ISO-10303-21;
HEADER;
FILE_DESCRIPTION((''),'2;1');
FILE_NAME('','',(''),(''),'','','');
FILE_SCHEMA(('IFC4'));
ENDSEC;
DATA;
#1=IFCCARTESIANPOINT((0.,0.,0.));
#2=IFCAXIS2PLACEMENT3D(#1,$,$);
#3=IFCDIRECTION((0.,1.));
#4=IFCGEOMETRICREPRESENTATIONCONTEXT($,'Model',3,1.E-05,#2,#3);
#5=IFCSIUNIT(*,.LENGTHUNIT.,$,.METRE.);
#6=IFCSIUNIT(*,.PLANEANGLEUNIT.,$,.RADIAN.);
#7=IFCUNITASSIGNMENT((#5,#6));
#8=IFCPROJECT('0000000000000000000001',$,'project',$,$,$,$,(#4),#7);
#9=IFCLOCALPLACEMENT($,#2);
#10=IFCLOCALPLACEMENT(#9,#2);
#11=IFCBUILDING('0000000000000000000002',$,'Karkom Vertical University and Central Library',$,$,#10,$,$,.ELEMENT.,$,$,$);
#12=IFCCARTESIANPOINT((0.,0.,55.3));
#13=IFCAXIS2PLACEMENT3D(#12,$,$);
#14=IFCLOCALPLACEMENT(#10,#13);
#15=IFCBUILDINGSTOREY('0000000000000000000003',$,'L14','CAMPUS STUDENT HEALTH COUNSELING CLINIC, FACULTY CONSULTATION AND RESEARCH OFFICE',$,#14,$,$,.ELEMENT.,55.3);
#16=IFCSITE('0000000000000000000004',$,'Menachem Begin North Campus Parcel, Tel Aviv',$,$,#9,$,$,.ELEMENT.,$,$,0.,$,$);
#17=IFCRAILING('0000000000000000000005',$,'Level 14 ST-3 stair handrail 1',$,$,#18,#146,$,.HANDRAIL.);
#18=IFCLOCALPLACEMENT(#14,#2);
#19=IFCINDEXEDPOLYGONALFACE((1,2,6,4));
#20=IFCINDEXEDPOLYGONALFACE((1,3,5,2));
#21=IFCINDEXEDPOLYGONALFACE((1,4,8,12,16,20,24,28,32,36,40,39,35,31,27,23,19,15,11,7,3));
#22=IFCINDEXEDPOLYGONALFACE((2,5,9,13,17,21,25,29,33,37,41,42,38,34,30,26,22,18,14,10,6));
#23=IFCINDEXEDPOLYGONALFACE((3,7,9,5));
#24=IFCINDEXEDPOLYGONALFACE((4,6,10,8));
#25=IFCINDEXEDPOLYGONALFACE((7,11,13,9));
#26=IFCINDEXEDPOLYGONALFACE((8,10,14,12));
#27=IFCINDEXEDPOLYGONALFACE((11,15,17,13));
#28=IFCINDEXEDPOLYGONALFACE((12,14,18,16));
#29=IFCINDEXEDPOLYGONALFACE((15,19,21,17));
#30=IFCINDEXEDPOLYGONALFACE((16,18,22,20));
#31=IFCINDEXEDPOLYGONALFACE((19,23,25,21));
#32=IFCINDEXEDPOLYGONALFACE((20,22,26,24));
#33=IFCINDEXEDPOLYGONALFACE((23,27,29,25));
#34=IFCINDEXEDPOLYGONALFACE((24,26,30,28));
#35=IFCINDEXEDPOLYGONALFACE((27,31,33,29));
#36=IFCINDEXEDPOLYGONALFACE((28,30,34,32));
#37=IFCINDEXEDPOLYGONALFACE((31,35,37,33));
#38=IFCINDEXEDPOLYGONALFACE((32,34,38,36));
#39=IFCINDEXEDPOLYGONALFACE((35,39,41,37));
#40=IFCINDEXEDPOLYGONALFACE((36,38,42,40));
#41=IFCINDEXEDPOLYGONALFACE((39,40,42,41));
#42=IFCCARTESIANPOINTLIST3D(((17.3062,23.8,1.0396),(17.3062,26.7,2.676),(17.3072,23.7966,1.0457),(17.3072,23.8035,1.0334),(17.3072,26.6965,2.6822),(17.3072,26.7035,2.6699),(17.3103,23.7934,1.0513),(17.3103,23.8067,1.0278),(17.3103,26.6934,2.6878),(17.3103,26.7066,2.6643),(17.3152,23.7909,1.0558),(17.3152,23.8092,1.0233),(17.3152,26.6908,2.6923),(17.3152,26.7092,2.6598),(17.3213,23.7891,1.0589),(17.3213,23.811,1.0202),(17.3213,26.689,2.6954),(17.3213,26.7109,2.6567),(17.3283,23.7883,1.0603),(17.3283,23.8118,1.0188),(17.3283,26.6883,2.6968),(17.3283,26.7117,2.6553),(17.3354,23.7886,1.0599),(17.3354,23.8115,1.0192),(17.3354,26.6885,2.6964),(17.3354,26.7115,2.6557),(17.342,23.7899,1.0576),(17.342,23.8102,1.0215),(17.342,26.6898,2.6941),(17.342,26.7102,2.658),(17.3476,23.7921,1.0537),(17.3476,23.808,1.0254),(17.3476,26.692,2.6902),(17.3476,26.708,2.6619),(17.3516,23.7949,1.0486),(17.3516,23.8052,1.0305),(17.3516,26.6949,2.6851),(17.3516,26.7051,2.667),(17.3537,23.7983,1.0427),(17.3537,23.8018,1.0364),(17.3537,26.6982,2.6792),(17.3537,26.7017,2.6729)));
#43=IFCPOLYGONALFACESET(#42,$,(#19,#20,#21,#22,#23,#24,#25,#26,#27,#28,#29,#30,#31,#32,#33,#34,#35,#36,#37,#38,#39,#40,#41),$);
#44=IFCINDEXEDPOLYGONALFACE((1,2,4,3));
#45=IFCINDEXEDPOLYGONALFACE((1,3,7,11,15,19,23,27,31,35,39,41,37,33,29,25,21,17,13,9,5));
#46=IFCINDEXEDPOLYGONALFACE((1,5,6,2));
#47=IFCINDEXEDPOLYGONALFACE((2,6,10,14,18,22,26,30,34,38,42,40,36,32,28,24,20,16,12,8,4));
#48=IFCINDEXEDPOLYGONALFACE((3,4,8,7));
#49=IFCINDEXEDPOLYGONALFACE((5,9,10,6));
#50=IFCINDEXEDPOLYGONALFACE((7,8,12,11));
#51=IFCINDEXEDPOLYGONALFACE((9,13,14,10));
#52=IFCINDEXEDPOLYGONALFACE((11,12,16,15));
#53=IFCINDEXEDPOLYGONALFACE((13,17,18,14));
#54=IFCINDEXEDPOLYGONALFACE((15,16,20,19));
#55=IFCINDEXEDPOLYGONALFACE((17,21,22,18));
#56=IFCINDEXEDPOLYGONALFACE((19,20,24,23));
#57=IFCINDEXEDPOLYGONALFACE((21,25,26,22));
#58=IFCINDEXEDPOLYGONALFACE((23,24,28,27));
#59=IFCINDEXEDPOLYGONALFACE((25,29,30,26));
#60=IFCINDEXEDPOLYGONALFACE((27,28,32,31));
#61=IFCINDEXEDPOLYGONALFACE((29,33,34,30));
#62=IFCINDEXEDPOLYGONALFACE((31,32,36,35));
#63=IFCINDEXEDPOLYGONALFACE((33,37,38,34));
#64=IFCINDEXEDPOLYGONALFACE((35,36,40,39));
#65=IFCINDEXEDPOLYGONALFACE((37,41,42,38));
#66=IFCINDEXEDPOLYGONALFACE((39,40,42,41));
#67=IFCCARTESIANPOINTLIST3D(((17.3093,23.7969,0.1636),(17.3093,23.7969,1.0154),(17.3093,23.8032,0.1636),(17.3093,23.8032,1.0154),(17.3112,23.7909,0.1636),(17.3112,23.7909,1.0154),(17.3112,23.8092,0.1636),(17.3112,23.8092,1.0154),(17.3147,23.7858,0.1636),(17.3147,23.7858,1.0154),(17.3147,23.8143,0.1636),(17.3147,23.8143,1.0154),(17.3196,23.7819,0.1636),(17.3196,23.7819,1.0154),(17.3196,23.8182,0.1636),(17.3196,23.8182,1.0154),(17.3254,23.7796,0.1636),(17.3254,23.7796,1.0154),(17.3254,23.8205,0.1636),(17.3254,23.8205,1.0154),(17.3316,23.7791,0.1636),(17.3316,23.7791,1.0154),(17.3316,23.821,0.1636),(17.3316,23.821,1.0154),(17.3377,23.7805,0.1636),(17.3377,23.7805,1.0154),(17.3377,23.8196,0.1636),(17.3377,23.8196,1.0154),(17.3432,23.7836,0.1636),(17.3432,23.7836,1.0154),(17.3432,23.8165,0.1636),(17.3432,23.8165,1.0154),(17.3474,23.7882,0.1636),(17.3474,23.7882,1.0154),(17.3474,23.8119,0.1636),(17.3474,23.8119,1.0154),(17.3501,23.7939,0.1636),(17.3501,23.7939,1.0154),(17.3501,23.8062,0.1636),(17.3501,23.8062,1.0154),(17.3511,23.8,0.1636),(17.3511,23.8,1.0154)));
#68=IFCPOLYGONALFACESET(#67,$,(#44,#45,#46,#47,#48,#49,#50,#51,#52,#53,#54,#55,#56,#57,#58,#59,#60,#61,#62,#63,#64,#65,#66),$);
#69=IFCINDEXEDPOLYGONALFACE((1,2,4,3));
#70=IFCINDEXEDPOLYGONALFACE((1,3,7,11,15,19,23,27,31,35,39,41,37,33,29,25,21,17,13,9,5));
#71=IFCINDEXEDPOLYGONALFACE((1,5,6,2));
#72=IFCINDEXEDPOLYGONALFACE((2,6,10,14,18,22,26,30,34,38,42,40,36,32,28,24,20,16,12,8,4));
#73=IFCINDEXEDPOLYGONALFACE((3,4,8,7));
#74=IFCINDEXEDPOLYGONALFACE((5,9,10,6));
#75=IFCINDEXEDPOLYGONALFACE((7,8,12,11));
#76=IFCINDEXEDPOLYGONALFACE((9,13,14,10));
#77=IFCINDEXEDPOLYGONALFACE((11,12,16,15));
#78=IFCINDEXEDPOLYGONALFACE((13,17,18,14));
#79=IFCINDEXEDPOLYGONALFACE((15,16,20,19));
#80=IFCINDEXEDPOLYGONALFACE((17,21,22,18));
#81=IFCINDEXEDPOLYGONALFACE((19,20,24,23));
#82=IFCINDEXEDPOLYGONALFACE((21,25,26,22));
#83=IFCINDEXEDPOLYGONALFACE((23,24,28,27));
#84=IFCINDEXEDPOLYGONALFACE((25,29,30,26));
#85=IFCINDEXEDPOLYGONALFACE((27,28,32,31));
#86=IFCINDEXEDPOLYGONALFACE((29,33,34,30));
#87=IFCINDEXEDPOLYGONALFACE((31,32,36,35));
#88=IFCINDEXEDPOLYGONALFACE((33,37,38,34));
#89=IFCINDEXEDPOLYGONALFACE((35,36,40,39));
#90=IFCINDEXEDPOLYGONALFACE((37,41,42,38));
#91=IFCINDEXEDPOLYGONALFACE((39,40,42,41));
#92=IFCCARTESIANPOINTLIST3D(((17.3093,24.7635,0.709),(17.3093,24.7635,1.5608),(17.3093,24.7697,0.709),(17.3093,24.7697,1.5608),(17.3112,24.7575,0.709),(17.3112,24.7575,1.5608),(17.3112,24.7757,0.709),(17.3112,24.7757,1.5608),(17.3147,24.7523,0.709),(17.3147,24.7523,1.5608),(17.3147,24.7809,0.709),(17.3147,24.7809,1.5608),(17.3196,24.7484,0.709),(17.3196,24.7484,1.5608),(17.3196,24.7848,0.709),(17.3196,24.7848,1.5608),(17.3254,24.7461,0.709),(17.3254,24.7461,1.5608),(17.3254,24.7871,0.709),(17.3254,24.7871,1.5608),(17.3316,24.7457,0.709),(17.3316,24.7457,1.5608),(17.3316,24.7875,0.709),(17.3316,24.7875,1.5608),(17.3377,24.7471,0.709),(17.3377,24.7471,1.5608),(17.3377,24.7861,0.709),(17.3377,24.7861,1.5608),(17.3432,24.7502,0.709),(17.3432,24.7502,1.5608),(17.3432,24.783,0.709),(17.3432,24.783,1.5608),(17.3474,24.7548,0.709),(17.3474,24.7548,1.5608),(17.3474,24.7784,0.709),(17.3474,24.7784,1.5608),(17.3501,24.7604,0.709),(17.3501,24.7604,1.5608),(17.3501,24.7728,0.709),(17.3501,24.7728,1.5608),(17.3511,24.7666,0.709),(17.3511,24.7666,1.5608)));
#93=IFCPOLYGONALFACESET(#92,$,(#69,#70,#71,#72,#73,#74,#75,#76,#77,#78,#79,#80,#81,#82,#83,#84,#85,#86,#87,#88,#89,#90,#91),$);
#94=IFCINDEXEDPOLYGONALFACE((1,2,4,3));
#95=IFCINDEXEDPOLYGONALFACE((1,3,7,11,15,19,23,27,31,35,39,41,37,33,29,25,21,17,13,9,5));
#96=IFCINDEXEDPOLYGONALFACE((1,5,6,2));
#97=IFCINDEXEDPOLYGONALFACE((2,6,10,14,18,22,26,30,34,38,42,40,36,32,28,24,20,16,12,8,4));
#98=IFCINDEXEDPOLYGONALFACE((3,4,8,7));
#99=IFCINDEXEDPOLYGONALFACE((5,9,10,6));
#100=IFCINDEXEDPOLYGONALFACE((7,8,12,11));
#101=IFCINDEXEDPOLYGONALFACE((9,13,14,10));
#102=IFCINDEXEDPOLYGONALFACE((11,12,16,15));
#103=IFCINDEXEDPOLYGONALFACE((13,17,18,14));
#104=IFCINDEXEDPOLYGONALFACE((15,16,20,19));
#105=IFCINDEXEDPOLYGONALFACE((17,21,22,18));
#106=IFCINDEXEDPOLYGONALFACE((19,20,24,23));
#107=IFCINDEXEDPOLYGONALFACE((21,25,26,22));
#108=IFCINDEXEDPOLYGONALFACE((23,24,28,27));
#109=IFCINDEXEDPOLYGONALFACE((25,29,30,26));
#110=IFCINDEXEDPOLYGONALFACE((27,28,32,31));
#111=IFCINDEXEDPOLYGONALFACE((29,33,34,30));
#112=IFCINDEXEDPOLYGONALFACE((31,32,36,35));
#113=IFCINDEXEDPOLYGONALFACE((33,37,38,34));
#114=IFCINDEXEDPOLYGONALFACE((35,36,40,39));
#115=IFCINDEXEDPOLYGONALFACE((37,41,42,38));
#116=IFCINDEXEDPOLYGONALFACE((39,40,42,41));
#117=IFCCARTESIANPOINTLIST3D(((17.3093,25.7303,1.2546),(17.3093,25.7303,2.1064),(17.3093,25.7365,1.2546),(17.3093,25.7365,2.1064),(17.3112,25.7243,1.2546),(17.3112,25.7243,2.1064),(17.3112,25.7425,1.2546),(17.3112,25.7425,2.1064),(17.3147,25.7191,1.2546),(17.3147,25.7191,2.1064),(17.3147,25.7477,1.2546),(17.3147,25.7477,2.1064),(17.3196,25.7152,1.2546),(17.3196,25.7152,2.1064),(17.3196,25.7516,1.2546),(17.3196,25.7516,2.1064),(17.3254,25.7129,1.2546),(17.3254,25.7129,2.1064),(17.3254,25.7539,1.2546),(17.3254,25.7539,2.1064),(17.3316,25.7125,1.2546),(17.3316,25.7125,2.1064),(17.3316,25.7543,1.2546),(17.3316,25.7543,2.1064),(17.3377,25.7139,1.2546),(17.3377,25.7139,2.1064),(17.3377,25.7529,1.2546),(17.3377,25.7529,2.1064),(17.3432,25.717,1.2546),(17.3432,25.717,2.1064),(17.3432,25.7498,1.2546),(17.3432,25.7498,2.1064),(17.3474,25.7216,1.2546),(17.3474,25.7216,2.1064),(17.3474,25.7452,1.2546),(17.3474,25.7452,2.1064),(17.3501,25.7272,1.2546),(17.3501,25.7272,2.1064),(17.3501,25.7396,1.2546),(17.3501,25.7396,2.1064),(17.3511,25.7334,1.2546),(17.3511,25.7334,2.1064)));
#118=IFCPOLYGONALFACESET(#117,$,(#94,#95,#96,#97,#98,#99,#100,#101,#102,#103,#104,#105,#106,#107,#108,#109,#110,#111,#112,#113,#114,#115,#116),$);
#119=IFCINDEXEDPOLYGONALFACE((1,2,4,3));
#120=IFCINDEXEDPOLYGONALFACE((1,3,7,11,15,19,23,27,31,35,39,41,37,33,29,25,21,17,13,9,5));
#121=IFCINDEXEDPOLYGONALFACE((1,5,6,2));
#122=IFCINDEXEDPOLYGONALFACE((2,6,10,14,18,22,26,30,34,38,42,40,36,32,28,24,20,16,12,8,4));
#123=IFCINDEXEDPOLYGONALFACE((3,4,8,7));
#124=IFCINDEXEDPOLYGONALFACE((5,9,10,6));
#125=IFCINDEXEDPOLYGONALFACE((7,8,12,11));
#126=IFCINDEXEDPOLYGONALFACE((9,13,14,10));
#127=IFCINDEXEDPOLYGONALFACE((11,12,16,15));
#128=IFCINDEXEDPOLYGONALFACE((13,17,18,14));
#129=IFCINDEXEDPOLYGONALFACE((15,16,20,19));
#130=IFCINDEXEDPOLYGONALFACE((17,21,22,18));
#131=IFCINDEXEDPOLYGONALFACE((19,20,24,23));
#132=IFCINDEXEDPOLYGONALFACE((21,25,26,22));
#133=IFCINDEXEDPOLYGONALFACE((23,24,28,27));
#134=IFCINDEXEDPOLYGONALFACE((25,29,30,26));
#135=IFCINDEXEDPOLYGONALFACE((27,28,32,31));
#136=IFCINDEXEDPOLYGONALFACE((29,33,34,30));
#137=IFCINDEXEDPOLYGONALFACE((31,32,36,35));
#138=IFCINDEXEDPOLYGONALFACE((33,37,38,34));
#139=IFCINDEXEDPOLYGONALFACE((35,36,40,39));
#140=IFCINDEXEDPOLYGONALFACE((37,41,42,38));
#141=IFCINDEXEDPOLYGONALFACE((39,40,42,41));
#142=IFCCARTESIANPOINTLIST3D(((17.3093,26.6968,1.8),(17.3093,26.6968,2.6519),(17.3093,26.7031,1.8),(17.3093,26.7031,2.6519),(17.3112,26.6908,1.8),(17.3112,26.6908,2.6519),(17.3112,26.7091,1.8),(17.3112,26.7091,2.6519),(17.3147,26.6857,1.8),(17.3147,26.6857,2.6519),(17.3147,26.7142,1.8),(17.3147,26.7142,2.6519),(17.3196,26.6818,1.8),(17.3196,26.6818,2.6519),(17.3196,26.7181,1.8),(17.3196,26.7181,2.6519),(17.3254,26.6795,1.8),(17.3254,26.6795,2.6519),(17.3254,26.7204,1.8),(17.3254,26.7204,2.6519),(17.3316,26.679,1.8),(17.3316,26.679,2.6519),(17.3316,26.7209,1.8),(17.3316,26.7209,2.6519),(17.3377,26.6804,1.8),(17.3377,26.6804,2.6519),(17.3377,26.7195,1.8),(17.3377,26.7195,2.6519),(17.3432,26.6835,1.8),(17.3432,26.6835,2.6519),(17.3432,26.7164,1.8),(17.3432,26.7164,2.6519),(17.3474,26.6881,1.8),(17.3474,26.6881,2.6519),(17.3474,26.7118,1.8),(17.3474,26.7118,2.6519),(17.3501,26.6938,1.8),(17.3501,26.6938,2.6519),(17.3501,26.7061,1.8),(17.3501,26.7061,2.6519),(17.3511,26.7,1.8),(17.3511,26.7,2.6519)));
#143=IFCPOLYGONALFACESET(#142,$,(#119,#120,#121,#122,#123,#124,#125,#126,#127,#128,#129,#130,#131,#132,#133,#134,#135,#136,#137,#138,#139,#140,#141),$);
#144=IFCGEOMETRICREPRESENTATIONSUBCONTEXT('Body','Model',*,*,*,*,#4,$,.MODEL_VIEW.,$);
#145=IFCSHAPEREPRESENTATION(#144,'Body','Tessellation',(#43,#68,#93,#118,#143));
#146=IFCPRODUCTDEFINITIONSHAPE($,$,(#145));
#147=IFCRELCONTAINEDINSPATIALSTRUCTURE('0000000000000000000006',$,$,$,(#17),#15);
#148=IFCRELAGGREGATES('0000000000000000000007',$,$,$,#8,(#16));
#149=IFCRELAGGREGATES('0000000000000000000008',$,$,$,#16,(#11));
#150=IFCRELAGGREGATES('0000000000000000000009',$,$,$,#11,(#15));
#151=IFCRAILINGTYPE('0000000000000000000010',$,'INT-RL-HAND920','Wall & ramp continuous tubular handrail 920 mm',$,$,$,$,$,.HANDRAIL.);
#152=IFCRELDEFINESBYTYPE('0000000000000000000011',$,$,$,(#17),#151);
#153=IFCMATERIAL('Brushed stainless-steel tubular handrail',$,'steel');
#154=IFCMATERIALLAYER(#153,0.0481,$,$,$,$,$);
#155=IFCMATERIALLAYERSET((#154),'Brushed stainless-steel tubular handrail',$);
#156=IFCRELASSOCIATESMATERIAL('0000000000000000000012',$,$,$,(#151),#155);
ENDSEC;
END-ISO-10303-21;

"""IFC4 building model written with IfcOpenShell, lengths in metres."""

from ifc_helpers import new_model, si_unit, direction, frame, origin, origin_2d, place, context, subcontext, project, spatial, circle, extrude, material, layer, layer_set, type_object, element, save


model = new_model("IFC4")

# Units and contexts
model_context = context("Model", 3, precision=1e-05, world=origin(), true_north=direction((0.0, 1.0)))
body_context = subcontext(model_context, "Body", "Model", "MODEL_VIEW")
ifc_project = project(units=[si_unit("LENGTHUNIT", "METRE"), si_unit("PLANEANGLEUNIT", "RADIAN")], contexts=[model_context])

# Site, building, storey
site_placement = place(None, origin())
site = spatial("IfcSite", under=ifc_project, at=site_placement, Name="Menachem Begin North Campus Parcel, Tel Aviv", CompositionType="ELEMENT", RefElevation=0.0)
building_placement = place(site_placement, origin())
building = spatial("IfcBuilding", under=site, at=building_placement, Name="Karkom Vertical University and Central Library", CompositionType="ELEMENT")
storey_placement = place(building_placement, frame((0.0, 0.0, 55.3)))
storey = spatial("IfcBuildingStorey", under=building, at=storey_placement, Name="L14", Description="CAMPUS STUDENT HEALTH COUNSELING CLINIC, FACULTY CONSULTATION AND RESEARCH OFFICE", CompositionType="ELEMENT", Elevation=55.3)

# Railing
ifc_material_1 = material(Name="Brushed stainless-steel tubular handrail", Category="steel")
ifc_layer_1 = layer(ifc_material_1, 0.0481)
ifc_layer_set_1 = layer_set([ifc_layer_1], Name="Brushed stainless-steel tubular handrail")
railing_type_1 = type_object("IfcRailingType", Name="INT-RL-HAND920", Description="Wall & ramp continuous tubular handrail 920 mm", PredefinedType="HANDRAIL", material=ifc_layer_set_1)
railing_1_placement = place(storey_placement, frame((17.3301, 23.8, 0.1636)))
element("IfcRailing", 1, at=railing_1_placement, inside=storey, type_object=railing_type_1, Name="Level 14 ST-3 stair handrail 1", PredefinedType="HANDRAIL", context=body_context, shape_type="SweptSolid", body=[
    extrude(circle(Radius=0.0239, at=origin_2d()), frame((0.0, 0.0, 0.876), z_axis=(0.0, 0.870897, 0.491465), x_axis=(-1.0, 0.0, 0.0)), (0.0, 0.0, 1.0), 3.3298),
    extrude(circle(Radius=0.021, at=origin_2d()), origin(), (0.0, 0.0, 1.0), 0.8518),
    extrude(circle(Radius=0.021, at=origin_2d()), frame((0.0, 0.9666, 0.5454)), (0.0, 0.0, 1.0), 0.8518),
    extrude(circle(Radius=0.021, at=origin_2d()), frame((0.0, 1.9333, 1.0911)), (0.0, 0.0, 1.0), 0.8518),
    extrude(circle(Radius=0.021, at=origin_2d()), frame((0.0, 2.8999, 1.6365)), (0.0, 0.0, 1.0), 0.8518),
])

save(model, "model.ifc")
